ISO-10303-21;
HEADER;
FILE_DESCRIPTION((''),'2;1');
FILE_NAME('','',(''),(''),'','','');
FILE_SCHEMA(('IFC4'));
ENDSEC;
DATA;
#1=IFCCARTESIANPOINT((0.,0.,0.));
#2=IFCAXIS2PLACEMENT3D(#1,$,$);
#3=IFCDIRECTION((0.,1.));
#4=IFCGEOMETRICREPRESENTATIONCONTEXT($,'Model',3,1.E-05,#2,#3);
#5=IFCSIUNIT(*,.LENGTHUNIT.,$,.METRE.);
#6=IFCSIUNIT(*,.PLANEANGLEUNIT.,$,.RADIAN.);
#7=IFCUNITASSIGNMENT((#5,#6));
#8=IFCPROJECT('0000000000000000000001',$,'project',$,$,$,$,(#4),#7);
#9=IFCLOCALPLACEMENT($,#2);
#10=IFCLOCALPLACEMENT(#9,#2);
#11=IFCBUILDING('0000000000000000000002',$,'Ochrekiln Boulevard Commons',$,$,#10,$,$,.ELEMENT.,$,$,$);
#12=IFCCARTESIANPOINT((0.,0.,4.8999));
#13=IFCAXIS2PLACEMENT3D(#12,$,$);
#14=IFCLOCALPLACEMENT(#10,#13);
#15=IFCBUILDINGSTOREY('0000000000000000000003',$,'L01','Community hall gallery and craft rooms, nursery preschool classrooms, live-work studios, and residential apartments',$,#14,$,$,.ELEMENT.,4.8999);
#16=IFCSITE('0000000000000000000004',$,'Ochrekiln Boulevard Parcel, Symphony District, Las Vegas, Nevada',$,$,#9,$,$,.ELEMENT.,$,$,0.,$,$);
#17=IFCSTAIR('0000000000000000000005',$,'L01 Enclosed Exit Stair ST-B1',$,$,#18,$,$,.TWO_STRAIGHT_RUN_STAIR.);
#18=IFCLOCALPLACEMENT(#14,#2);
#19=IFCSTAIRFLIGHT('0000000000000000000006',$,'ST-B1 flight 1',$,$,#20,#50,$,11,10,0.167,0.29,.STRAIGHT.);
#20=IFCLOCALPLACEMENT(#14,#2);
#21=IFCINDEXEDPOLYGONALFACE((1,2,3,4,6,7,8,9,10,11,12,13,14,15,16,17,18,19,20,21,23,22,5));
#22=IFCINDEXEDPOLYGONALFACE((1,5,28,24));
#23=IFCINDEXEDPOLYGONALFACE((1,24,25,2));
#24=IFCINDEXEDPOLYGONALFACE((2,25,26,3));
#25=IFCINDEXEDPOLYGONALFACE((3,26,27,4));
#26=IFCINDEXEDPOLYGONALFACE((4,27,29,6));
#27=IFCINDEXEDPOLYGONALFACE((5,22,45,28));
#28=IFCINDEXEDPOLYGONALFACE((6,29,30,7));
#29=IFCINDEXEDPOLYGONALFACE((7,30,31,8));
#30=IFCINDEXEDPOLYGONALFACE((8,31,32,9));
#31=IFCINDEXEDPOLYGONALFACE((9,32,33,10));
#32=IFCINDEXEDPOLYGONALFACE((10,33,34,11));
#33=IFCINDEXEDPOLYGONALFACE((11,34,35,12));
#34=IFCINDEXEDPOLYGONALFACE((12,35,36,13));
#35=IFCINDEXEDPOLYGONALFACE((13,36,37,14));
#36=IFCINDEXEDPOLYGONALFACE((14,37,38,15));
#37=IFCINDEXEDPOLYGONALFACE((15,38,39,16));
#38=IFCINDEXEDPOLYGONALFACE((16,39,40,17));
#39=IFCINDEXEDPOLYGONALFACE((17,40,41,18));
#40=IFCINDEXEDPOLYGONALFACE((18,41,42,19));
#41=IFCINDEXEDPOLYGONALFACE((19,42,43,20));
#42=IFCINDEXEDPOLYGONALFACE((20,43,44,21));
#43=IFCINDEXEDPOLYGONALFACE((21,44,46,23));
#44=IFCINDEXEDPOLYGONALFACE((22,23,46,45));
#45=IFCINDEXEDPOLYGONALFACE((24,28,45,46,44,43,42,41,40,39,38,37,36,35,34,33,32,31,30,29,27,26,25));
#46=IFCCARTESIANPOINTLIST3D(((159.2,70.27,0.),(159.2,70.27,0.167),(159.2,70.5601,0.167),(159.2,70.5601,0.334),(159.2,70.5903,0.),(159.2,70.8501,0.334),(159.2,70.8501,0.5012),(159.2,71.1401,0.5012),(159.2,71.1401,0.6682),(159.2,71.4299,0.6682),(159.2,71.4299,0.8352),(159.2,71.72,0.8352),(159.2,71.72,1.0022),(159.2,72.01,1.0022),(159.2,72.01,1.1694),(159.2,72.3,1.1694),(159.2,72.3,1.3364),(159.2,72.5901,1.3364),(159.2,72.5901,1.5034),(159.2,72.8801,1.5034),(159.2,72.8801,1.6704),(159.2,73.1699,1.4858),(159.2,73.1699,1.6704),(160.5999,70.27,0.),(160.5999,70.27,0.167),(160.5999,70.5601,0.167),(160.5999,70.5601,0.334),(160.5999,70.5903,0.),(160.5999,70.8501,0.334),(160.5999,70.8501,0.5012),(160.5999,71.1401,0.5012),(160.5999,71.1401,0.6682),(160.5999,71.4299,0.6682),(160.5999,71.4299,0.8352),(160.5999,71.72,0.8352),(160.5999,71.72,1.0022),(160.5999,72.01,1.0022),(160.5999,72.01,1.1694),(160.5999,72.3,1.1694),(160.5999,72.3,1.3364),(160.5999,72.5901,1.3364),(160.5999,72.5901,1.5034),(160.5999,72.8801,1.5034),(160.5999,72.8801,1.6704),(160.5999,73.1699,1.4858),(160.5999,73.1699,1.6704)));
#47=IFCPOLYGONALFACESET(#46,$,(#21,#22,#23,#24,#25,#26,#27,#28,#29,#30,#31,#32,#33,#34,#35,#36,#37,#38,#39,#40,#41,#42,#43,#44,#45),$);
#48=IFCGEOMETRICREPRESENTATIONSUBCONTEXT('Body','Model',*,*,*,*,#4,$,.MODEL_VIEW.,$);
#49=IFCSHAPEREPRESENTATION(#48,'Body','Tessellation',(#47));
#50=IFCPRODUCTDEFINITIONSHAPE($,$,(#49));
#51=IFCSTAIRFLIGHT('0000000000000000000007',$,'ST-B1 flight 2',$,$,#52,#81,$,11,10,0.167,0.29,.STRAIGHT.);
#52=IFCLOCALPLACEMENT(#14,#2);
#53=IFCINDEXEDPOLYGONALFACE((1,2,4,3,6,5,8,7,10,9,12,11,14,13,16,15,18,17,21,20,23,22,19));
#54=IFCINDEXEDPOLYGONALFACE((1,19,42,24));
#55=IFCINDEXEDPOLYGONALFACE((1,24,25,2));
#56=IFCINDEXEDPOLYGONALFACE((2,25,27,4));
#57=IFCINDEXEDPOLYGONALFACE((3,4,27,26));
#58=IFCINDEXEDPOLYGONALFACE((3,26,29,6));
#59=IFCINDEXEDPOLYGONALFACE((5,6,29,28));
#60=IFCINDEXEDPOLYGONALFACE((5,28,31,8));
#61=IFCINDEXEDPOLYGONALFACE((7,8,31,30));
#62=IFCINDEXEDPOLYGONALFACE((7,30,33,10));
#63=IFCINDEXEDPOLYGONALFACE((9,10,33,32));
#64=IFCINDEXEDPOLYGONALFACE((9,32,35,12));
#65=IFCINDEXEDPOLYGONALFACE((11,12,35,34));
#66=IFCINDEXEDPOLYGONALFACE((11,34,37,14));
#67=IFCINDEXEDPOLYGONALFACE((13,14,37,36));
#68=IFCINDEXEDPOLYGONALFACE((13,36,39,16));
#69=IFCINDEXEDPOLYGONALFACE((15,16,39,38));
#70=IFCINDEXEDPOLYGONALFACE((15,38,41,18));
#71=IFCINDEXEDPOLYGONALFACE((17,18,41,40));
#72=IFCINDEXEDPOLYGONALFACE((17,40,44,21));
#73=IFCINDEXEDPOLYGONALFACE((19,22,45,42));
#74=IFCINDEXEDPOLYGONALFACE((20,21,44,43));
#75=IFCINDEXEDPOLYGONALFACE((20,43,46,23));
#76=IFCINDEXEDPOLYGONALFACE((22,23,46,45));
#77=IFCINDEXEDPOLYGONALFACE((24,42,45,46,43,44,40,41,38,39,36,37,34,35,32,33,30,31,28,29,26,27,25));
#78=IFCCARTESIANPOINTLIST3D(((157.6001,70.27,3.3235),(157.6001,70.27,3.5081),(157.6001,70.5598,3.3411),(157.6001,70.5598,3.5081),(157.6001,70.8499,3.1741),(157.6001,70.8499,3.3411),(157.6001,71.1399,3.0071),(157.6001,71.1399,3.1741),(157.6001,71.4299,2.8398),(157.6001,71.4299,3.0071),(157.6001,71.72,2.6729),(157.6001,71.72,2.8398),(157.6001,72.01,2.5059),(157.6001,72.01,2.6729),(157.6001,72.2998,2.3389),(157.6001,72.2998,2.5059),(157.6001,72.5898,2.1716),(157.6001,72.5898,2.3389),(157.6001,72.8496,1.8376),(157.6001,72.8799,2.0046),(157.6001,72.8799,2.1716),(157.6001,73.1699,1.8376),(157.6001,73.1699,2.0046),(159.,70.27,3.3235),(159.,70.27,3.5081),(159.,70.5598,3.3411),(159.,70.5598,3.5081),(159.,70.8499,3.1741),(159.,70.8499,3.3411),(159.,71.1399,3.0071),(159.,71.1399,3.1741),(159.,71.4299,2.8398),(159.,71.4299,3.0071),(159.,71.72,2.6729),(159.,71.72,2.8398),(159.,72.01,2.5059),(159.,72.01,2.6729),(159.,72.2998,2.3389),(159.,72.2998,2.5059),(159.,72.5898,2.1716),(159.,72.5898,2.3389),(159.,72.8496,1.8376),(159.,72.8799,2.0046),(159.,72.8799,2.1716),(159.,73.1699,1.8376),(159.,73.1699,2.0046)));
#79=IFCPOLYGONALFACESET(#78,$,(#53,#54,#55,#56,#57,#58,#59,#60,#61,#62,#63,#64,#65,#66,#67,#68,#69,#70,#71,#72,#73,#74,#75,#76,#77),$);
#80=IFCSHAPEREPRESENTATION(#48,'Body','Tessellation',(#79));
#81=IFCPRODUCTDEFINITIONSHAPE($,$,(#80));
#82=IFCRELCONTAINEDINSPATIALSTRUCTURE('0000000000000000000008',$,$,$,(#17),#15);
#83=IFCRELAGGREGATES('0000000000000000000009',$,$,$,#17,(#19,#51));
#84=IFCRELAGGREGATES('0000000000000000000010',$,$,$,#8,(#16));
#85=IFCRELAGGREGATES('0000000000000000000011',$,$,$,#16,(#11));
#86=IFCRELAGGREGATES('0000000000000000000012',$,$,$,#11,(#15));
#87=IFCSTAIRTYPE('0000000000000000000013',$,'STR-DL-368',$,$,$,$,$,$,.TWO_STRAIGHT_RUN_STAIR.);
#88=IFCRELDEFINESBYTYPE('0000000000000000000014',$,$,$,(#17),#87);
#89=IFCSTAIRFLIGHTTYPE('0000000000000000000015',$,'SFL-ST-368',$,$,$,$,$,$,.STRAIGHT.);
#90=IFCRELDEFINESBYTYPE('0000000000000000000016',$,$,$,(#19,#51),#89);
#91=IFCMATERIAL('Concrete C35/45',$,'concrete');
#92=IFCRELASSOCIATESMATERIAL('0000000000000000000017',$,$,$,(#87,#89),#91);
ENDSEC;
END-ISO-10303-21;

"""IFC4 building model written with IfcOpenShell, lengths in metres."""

from ifc_helpers import new_model, si_unit, direction, frame, origin, place, context, subcontext, project, spatial, polyline, outline, extrude, material, type_object, element, aggregate, save


model = new_model("IFC4")

# Units and contexts
model_context = context("Model", 3, precision=1e-05, world=origin(), true_north=direction((0.0, 1.0)))
body_context = subcontext(model_context, "Body", "Model", "MODEL_VIEW")
ifc_project = project(units=[si_unit("LENGTHUNIT", "METRE"), si_unit("PLANEANGLEUNIT", "RADIAN")], contexts=[model_context])

# Site, building, storey
site_placement = place(None, origin())
site = spatial("IfcSite", under=ifc_project, at=site_placement, Name="Ochrekiln Boulevard Parcel, Symphony District, Las Vegas, Nevada", CompositionType="ELEMENT", RefElevation=0.0)
building_placement = place(site_placement, origin())
building = spatial("IfcBuilding", under=site, at=building_placement, Name="Ochrekiln Boulevard Commons", CompositionType="ELEMENT")
storey_placement = place(building_placement, frame((0.0, 0.0, 4.8999)))
storey = spatial("IfcBuildingStorey", under=building, at=storey_placement, Name="L01", Description="Community hall gallery and craft rooms, nursery preschool classrooms, live-work studios, and residential apartments", CompositionType="ELEMENT", Elevation=4.8999)

# Stair, stair flights
ifc_material_1 = material(Name="Concrete C35/45", Category="concrete")
stair_type = type_object("IfcStairType", Name="STR-DL-368", PredefinedType="TWO_STRAIGHT_RUN_STAIR", material=ifc_material_1)
stair_placement = place(storey_placement, origin())
stair = element("IfcStair", 1, at=stair_placement, inside=storey, type_object=stair_type, Name="L01 Enclosed Exit Stair ST-B1", PredefinedType="TWO_STRAIGHT_RUN_STAIR")
stair_flight_type = type_object("IfcStairFlightType", Name="SFL-ST-368", PredefinedType="STRAIGHT", material=ifc_material_1)
stair_flight_1_placement = place(storey_placement, frame((159.8999, 70.27, 0.0), z_axis=(0.0, 0.0, 1.0), x_axis=(0.0, 1.0, 0.0)))
stair_flight_1 = element("IfcStairFlight", 2, at=stair_flight_1_placement, type_object=stair_flight_type, Name="ST-B1 flight 1", NumberOfRisers=11, NumberOfTreads=10, PredefinedType="STRAIGHT", RiserHeight=0.167, TreadLength=0.29, context=body_context, shape_type="SweptSolid", body=[
    extrude(outline(polyline([(0.0, 0.0), (0.0, 0.167), (0.29, 0.167), (0.29, 0.334), (0.5801, 0.334), (0.5801, 0.5012), (0.8701, 0.5012), (0.8701, 0.6682), (1.1599, 0.6682), (1.1599, 0.8352), (1.45, 0.8352), (1.45, 1.0022), (1.74, 1.0022), (1.74, 1.1694), (2.03, 1.1694), (2.03, 1.3364), (2.3201, 1.3364), (2.3201, 1.5034), (2.6101, 1.5034), (2.6101, 1.6704), (2.8999, 1.6704), (2.8999, 1.8374), (2.8999, 1.4858), (0.3203, 0.0), (0.0, 0.0)])), frame((0.0, 0.7, 0.0), z_axis=(0.0, -1.0, 0.0), x_axis=(1.0, 0.0, 0.0)), (0.0, 0.0, 1.0), 1.3999),
])
stair_flight_2_placement = place(storey_placement, frame((158.3, 73.1699, 1.8376), z_axis=(0.0, 0.0, 1.0), x_axis=(0.0, -1.0, 0.0)))
stair_flight_2 = element("IfcStairFlight", 3, at=stair_flight_2_placement, type_object=stair_flight_type, Name="ST-B1 flight 2", NumberOfRisers=11, NumberOfTreads=10, PredefinedType="STRAIGHT", RiserHeight=0.167, TreadLength=0.29, context=body_context, shape_type="SweptSolid", body=[
    extrude(outline(polyline([(0.0, 0.0), (0.0, 0.167), (0.29, 0.167), (0.29, 0.334), (0.5801, 0.334), (0.5801, 0.5012), (0.8701, 0.5012), (0.8701, 0.6682), (1.1599, 0.6682), (1.1599, 0.8352), (1.45, 0.8352), (1.45, 1.0022), (1.74, 1.0022), (1.74, 1.1694), (2.03, 1.1694), (2.03, 1.3364), (2.3201, 1.3364), (2.3201, 1.5034), (2.6101, 1.5034), (2.6101, 1.6704), (2.8999, 1.6704), (2.8999, 1.8374), (2.8999, 1.4858), (0.3203, 0.0), (0.0, 0.0)])), frame((0.0, 0.7, 0.0), z_axis=(0.0, -1.0, 0.0), x_axis=(1.0, 0.0, 0.0)), (0.0, 0.0, 1.0), 1.3999),
])
aggregate(stair, [stair_flight_1, stair_flight_2])

save(model, "model.ifc")
